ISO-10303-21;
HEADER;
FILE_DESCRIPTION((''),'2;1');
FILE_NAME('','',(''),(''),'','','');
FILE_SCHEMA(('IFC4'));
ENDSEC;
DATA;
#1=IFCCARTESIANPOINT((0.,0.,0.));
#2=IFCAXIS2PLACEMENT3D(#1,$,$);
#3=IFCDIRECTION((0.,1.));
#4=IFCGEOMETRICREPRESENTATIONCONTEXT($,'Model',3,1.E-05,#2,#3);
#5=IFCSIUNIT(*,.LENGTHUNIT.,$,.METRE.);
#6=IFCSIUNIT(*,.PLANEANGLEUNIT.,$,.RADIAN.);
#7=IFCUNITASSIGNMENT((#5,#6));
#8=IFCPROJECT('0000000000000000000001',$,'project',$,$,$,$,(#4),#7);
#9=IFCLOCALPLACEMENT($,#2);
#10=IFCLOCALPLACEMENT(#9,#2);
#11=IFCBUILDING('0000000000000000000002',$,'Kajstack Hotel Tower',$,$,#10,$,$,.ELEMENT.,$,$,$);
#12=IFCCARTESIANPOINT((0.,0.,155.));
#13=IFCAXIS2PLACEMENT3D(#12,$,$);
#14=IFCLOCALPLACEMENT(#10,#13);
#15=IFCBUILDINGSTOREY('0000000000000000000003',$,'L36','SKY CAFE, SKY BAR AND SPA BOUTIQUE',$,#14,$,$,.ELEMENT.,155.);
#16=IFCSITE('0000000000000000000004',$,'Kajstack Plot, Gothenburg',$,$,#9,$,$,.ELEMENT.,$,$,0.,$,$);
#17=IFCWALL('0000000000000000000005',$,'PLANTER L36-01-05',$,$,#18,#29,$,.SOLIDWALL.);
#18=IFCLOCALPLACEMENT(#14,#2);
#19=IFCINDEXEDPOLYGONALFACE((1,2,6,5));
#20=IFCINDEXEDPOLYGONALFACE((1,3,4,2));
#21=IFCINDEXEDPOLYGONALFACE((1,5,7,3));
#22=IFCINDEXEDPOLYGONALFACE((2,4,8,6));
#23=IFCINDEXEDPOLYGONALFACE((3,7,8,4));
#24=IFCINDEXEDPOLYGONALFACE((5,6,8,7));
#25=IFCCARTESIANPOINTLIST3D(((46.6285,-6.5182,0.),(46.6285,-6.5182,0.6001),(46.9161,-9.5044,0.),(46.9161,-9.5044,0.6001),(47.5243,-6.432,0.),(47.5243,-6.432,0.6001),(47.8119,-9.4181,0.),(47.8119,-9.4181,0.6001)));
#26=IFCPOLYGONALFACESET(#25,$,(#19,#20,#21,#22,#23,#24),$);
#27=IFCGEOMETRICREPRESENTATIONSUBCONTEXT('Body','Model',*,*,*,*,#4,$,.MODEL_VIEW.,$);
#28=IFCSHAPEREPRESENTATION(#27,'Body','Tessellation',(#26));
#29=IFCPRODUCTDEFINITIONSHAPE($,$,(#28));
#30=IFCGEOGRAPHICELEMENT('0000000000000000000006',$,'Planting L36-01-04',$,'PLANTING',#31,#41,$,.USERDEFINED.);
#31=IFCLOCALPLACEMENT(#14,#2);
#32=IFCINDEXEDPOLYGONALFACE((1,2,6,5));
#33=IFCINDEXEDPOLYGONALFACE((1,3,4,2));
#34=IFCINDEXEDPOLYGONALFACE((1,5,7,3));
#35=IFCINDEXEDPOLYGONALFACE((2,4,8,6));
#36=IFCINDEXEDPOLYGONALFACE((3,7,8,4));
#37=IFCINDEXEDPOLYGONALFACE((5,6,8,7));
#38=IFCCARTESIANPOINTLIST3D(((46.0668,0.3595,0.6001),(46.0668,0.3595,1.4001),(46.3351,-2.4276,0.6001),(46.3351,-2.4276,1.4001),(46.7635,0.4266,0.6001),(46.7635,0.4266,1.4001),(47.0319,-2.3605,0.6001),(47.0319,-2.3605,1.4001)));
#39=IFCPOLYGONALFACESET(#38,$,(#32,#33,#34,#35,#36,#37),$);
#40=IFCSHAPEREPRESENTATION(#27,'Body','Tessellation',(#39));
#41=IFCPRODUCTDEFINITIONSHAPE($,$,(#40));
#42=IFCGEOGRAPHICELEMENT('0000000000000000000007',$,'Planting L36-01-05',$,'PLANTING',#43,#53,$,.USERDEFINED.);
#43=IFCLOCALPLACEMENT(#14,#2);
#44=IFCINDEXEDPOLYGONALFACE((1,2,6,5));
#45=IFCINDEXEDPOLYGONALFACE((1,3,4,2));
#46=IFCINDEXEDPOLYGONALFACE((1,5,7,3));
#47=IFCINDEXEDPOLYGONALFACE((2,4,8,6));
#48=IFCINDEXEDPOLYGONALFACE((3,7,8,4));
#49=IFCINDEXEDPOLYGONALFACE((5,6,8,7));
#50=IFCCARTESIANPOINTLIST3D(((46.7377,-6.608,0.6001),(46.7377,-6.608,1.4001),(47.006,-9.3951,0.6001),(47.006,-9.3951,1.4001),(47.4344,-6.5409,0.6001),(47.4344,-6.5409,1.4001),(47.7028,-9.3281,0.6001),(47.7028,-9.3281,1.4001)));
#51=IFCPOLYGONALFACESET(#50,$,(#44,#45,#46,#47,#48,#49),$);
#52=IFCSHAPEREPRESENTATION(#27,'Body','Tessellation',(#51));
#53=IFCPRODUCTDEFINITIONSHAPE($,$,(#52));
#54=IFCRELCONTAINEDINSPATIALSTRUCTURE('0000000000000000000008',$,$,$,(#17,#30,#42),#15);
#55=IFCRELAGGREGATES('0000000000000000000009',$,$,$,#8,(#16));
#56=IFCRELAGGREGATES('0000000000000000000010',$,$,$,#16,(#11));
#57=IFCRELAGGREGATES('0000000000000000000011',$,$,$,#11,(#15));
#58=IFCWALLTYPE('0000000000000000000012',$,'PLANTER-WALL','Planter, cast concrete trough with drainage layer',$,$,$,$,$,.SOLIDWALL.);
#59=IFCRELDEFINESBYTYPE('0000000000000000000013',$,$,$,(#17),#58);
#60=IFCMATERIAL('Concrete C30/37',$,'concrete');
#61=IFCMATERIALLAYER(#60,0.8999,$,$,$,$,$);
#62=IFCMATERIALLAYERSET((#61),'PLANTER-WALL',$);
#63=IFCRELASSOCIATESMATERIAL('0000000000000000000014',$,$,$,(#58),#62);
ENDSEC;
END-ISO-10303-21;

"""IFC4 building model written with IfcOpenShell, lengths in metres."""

from ifc_helpers import new_model, si_unit, direction, frame, frame_2d, origin, origin_2d, place, context, subcontext, project, spatial, rectangle, extrude, material, layer, layer_set, type_object, element, save


model = new_model("IFC4")

# Units and contexts
model_context = context("Model", 3, precision=1e-05, world=origin(), true_north=direction((0.0, 1.0)))
body_context = subcontext(model_context, "Body", "Model", "MODEL_VIEW")
ifc_project = project(units=[si_unit("LENGTHUNIT", "METRE"), si_unit("PLANEANGLEUNIT", "RADIAN")], contexts=[model_context])

# Site, building, storey
site_placement = place(None, origin())
site = spatial("IfcSite", under=ifc_project, at=site_placement, Name="Kajstack Plot, Gothenburg", CompositionType="ELEMENT", RefElevation=0.0)
building_placement = place(site_placement, origin())
building = spatial("IfcBuilding", under=site, at=building_placement, Name="Kajstack Hotel Tower", CompositionType="ELEMENT")
storey_placement = place(building_placement, frame((0.0, 0.0, 155.0)))
storey = spatial("IfcBuildingStorey", under=building, at=storey_placement, Name="L36", Description="SKY CAFE, SKY BAR AND SPA BOUTIQUE", CompositionType="ELEMENT", Elevation=155.0)

# Wall
ifc_material_1 = material(Name="Concrete C30/37", Category="concrete")
ifc_layer_1 = layer(ifc_material_1, 0.8999)
ifc_layer_set_1 = layer_set([ifc_layer_1], Name="PLANTER-WALL")
wall_type = type_object("IfcWallType", Name="PLANTER-WALL", Description="Planter, cast concrete trough with drainage layer", PredefinedType="SOLIDWALL", material=ifc_layer_set_1)
for number, where, z_axis, x_axis, name in (
    (1, (47.0764, -6.4751, 0.0), (0.0, 0.0, 1.0), (0.095869, -0.995394, 0.0), "PLANTER L36-01-05"),
):
    element("IfcWall", number, at=place(storey_placement, frame(where, z_axis=z_axis, x_axis=x_axis)), inside=storey, type_object=wall_type, Name=name, PredefinedType="SOLIDWALL", context=body_context, shape_type="SweptSolid", body=[
        extrude(rectangle(XDim=3.0, YDim=0.8999, at=frame_2d((1.5, 0.0))), origin(), (0.0, 0.0, 1.0), 0.6001),
    ])

# Geographic elements
for number, where, z_axis, x_axis, name in (
    (2, (46.5493, -1.0005, 0.6001), (0.0, 0.0, 1.0), (0.095846, -0.995396, 0.0), "Planting L36-01-04"),
    (3, (47.2202, -7.968, 0.6001), (0.0, 0.0, 1.0), (0.095846, -0.995396, 0.0), "Planting L36-01-05"),
):
    element("IfcGeographicElement", number, at=place(storey_placement, frame(where, z_axis=z_axis, x_axis=x_axis)), inside=storey, Name=name, ObjectType="PLANTING", PredefinedType="USERDEFINED", context=body_context, shape_type="SweptSolid", body=[
        extrude(rectangle(XDim=2.8, YDim=0.7, at=origin_2d()), origin(), (0.0, 0.0, 1.0), 0.8),
    ])

save(model, "model.ifc")
